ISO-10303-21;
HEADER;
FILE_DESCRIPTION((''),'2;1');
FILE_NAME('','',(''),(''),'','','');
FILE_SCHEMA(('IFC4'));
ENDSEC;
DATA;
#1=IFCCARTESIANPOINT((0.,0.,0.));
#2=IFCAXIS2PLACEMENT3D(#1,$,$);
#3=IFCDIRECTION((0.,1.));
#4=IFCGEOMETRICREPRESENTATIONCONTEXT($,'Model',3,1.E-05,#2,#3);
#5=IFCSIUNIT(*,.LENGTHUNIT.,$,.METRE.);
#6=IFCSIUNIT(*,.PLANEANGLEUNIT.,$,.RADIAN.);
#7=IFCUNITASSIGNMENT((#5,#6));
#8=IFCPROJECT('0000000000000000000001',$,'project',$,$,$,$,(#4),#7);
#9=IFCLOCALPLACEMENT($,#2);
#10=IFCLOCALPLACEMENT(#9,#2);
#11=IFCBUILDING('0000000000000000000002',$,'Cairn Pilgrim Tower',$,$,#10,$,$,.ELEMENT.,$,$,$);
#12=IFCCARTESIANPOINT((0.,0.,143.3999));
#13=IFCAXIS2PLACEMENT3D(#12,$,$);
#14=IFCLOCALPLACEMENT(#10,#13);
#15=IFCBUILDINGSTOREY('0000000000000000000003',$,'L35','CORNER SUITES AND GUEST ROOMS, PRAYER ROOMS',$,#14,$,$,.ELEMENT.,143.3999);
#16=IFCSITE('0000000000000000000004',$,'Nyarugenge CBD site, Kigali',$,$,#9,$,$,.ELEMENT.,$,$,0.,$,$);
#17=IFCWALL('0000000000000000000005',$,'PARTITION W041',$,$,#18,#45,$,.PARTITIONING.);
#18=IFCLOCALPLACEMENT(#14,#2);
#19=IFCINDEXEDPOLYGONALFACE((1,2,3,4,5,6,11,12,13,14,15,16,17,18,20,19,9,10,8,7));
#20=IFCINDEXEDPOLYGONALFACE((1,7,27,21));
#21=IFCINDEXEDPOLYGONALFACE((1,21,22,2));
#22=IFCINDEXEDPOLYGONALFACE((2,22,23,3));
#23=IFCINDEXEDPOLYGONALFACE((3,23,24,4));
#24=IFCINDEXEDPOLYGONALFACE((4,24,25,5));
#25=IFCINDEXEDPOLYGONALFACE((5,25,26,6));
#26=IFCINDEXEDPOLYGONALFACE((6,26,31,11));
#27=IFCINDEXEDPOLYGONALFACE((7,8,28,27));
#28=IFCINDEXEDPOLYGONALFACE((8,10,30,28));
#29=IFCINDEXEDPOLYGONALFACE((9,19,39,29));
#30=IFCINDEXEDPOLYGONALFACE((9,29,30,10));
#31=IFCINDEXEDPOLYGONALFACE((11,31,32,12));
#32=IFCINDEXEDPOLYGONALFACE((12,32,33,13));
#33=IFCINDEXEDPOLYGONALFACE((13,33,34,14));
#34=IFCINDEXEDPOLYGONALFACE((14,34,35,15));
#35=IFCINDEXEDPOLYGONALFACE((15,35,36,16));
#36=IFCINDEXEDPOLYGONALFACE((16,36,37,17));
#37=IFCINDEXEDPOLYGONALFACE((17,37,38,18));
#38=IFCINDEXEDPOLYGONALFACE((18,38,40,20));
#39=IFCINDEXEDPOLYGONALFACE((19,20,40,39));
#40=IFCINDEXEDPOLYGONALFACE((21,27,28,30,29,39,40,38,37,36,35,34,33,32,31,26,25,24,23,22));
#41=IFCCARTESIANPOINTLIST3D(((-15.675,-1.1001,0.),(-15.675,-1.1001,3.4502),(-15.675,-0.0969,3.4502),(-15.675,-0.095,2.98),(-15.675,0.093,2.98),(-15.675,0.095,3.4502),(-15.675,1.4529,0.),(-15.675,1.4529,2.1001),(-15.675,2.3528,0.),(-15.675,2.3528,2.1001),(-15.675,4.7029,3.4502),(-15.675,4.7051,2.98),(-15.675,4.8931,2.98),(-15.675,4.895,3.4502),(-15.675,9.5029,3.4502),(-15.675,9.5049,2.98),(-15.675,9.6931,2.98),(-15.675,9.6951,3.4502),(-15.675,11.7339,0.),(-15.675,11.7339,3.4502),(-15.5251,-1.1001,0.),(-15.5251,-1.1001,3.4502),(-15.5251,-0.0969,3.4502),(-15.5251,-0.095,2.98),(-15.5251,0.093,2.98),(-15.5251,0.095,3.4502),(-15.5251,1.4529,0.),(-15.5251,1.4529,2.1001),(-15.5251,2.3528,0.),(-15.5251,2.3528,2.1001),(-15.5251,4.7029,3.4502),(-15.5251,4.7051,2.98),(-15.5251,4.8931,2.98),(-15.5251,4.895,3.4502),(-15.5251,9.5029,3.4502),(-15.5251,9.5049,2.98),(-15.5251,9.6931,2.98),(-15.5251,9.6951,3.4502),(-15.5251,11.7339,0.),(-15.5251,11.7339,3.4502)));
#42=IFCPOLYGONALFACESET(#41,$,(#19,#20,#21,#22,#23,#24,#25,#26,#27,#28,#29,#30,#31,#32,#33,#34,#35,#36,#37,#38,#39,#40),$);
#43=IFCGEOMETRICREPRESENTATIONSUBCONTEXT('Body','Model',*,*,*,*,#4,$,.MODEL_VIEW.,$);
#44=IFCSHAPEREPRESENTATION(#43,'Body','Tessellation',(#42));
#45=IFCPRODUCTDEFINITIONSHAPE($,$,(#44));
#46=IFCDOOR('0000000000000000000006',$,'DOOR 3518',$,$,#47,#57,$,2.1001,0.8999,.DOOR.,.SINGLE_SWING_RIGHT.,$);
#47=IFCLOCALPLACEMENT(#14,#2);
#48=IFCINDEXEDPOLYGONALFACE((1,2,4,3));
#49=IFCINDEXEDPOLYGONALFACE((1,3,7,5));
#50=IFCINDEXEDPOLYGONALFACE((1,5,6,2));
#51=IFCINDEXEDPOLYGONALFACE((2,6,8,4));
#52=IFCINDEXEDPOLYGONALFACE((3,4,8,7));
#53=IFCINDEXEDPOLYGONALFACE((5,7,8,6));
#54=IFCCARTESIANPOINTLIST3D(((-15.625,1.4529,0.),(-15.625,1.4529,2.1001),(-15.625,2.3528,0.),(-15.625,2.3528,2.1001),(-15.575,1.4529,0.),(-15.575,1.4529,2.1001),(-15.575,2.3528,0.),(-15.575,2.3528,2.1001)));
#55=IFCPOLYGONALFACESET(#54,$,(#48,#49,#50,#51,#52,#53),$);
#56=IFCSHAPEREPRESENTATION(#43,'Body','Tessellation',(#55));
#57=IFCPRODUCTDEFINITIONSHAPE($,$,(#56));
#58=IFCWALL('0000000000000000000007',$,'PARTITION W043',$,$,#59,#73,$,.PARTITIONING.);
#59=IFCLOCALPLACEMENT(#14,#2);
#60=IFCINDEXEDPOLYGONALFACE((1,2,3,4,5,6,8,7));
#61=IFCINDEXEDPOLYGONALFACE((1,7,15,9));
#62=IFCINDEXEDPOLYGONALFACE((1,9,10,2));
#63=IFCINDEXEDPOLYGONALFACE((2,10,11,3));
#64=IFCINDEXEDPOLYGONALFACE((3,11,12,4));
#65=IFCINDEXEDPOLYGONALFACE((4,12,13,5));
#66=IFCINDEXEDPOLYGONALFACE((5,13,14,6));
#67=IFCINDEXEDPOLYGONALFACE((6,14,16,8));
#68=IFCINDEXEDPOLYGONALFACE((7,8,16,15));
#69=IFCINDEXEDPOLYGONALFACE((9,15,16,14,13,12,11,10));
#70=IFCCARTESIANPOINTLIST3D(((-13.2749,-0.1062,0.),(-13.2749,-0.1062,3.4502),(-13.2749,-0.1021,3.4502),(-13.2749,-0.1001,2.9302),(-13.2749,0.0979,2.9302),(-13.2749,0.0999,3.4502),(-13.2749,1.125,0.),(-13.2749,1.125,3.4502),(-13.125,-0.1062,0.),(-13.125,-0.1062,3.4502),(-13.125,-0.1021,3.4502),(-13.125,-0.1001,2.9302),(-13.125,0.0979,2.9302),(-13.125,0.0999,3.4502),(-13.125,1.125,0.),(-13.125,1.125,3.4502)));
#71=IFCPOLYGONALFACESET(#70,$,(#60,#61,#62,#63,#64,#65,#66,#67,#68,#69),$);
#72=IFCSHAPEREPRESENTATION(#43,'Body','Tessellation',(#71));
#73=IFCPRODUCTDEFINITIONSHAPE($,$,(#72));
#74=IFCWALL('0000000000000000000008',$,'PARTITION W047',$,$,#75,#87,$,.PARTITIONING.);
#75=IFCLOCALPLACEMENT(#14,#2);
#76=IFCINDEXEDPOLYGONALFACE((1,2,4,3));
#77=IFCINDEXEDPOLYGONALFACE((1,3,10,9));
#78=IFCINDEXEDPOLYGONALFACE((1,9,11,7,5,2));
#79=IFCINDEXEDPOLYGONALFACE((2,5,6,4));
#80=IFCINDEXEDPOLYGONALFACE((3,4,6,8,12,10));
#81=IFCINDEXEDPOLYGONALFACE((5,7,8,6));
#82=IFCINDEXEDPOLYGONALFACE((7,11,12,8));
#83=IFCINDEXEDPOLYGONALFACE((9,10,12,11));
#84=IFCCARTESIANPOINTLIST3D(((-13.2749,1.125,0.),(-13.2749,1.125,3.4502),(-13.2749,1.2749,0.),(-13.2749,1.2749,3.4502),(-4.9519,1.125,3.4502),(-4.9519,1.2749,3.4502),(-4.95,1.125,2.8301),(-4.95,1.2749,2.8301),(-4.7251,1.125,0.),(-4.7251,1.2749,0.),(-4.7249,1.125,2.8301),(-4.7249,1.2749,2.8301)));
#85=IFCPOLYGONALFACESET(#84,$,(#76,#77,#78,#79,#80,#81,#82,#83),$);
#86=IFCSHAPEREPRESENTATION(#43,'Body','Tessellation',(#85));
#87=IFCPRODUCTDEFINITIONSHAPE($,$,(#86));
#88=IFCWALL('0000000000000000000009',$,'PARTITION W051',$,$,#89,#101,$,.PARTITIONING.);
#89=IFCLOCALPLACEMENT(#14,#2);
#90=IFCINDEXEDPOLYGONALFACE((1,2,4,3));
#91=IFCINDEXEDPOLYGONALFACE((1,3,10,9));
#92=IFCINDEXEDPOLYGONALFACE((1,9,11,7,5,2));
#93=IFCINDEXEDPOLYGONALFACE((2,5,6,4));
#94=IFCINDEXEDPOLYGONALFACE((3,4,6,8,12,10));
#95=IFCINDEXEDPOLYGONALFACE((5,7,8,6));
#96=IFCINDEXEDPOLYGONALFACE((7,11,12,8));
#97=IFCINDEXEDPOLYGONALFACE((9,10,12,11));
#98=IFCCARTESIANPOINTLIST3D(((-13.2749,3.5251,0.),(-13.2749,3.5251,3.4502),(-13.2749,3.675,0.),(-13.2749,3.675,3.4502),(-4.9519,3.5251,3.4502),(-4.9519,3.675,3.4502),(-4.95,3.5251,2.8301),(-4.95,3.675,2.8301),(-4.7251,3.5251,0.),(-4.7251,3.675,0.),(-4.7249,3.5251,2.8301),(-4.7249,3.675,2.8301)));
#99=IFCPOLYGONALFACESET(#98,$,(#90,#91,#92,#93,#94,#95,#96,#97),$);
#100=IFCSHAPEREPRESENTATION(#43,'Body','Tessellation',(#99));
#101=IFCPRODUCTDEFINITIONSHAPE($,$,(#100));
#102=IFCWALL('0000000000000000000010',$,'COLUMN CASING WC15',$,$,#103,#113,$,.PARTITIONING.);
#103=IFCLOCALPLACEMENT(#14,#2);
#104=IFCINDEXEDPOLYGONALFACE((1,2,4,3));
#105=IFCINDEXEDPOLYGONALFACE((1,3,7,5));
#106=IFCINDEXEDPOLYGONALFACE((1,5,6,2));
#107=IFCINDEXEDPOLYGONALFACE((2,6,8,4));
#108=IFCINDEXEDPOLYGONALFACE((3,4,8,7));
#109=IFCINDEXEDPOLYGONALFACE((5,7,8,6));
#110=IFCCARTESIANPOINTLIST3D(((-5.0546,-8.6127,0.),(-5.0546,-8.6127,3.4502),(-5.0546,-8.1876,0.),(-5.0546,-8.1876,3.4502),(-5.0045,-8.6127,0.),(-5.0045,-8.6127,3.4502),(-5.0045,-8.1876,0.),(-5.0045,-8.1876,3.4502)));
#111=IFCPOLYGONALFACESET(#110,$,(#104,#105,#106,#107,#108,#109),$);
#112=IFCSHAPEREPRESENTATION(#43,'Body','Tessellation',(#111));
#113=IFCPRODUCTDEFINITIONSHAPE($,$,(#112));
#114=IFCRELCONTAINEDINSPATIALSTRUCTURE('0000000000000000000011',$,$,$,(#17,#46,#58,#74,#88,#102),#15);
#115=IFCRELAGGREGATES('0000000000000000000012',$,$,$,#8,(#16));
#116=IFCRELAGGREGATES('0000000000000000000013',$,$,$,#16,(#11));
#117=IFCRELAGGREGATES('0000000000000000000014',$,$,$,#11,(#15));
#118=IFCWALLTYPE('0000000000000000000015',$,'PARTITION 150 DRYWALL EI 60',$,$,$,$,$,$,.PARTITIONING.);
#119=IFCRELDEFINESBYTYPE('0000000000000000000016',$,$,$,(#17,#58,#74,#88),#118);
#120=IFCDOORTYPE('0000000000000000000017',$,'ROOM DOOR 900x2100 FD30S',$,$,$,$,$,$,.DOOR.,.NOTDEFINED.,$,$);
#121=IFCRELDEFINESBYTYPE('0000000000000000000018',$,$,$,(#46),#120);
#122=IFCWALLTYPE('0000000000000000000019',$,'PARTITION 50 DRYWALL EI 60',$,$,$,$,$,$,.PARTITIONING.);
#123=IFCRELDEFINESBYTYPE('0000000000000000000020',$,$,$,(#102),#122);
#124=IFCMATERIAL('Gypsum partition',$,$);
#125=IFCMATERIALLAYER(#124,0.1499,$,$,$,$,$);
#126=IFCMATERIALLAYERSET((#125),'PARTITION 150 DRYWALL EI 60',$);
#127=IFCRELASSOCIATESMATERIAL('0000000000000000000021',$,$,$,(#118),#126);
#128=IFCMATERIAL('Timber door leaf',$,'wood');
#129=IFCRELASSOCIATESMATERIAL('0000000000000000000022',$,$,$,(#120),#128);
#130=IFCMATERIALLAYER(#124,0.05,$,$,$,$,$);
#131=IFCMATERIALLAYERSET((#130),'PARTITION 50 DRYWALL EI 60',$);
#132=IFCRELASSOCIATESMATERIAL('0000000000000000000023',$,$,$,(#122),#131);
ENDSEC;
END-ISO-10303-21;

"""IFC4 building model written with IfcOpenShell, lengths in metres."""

from ifc_helpers import new_model, si_unit, direction, frame, frame_2d, origin, place, context, subcontext, project, spatial, polyline, rectangle, outline, extrude, material, layer, layer_set, type_object, element, fill, save


model = new_model("IFC4")

# Units and contexts
model_context = context("Model", 3, precision=1e-05, world=origin(), true_north=direction((0.0, 1.0)))
body_context = subcontext(model_context, "Body", "Model", "MODEL_VIEW")
ifc_project = project(units=[si_unit("LENGTHUNIT", "METRE"), si_unit("PLANEANGLEUNIT", "RADIAN")], contexts=[model_context])

# Site, building, storey
site_placement = place(None, origin())
site = spatial("IfcSite", under=ifc_project, at=site_placement, Name="Nyarugenge CBD site, Kigali", CompositionType="ELEMENT", RefElevation=0.0)
building_placement = place(site_placement, origin())
building = spatial("IfcBuilding", under=site, at=building_placement, Name="Cairn Pilgrim Tower", CompositionType="ELEMENT")
storey_placement = place(building_placement, frame((0.0, 0.0, 143.3999)))
storey = spatial("IfcBuildingStorey", under=building, at=storey_placement, Name="L35", Description="CORNER SUITES AND GUEST ROOMS, PRAYER ROOMS", CompositionType="ELEMENT", Elevation=143.3999)

# Shared definitions
ifc_material_1 = material(Name="Gypsum partition")
ifc_material_2 = material(Name="Timber door leaf", Category="wood")

# Shared definitions
ifc_layer_1 = layer(ifc_material_1, 0.1499)
ifc_layer_set_1 = layer_set([ifc_layer_1], Name="PARTITION 150 DRYWALL EI 60")
wall_type_1 = type_object("IfcWallType", Name="PARTITION 150 DRYWALL EI 60", PredefinedType="PARTITIONING", material=ifc_layer_set_1)

# Wall, opening, door
wall_1_placement = place(storey_placement, frame((-15.6001, -1.1001, 0.0), z_axis=(0.0, 0.0, 1.0), x_axis=(0.0, 1.0, 0.0)))
wall_1 = element("IfcWall", 1, at=wall_1_placement, inside=storey, type_object=wall_type_1, Name="PARTITION W041", PredefinedType="PARTITIONING", context=body_context, shape_type="SweptSolid", body=[
    extrude(outline(polyline([(0.0, 0.0), (12.834, 0.0), (12.834, 3.4502), (10.7952, 3.4502), (10.7932, 2.98), (10.605, 2.98), (10.603, 3.4502), (5.9951, 3.4502), (5.9932, 2.98), (5.8052, 2.98), (5.803, 3.4502), (1.1951, 3.4502), (1.1931, 2.98), (1.0051, 2.98), (1.0032, 3.4502), (0.0, 3.4502), (0.0, 0.0)])), frame((0.0, 0.075, 0.0), z_axis=(0.0, -1.0, 0.0), x_axis=(1.0, 0.0, 0.0)), (0.0, 0.0, 1.0), 0.1499),
])
opening_1_placement = place(wall_1_placement, frame((2.553, 0.0, 0.0)))
opening_1 = element("IfcOpeningElement", 2, at=opening_1_placement, cuts=wall_1, PredefinedType="OPENING", context=body_context, shape_type="SweptSolid", body=[
    extrude(rectangle(XDim=0.8999, YDim=2.1001, at=frame_2d((0.45, 1.05))), frame((0.0, 0.085, 0.0), z_axis=(0.0, -1.0, 0.0), x_axis=(1.0, 0.0, 0.0)), (0.0, 0.0, 1.0), 0.1699),
])
door_type_1 = type_object("IfcDoorType", Name="ROOM DOOR 900x2100 FD30S", OperationType="NOTDEFINED", PredefinedType="DOOR", material=ifc_material_2)
door_1_placement = place(opening_1_placement, origin())
door_1 = element("IfcDoor", 3, at=door_1_placement, inside=storey, type_object=door_type_1, Name="DOOR 3518", OperationType="SINGLE_SWING_RIGHT", OverallHeight=2.1001, OverallWidth=0.8999, PredefinedType="DOOR", context=body_context, shape_type="SweptSolid", body=[
    extrude(rectangle(XDim=0.8999, YDim=2.1001, at=frame_2d((0.45, 1.05))), frame((0.0, 0.0249, 0.0), z_axis=(0.0, -1.0, 0.0), x_axis=(1.0, 0.0, 0.0)), (0.0, 0.0, 1.0), 0.05),
])
fill(opening_1, door_1)

# Walls
wall_2_placement = place(storey_placement, frame((-13.2, -0.1062, 0.0), z_axis=(0.0, 0.0, 1.0), x_axis=(0.0, 1.0, 0.0)))
element("IfcWall", 4, at=wall_2_placement, inside=storey, type_object=wall_type_1, Name="PARTITION W043", PredefinedType="PARTITIONING", context=body_context, shape_type="SweptSolid", body=[
    extrude(outline(polyline([(0.0, 0.0), (1.2312, 0.0), (1.2312, 3.4502), (0.2061, 3.4502), (0.2041, 2.9302), (0.0061, 2.9302), (0.0042, 3.4502), (0.0, 3.4502), (0.0, 0.0)])), frame((0.0, 0.075, 0.0), z_axis=(0.0, -1.0, 0.0), x_axis=(1.0, 0.0, 0.0)), (0.0, 0.0, 1.0), 0.1499),
])
for number, where, z_axis, x_axis, name in (
    (5, (-13.2749, 1.2, 0.0), (0.0, 0.0, 1.0), (1.0, 0.0, 0.0), "PARTITION W047"),
    (6, (-13.2749, 3.6001, 0.0), (0.0, 0.0, 1.0), (1.0, 0.0, 0.0), "PARTITION W051"),
):
    element("IfcWall", number, at=place(storey_placement, frame(where, z_axis=z_axis, x_axis=x_axis)), inside=storey, type_object=wall_type_1, Name=name, PredefinedType="PARTITIONING", context=body_context, shape_type="SweptSolid", body=[
        extrude(outline(polyline([(0.0, 0.0), (8.5498, 0.0), (8.55, 2.8301), (8.325, 2.8301), (8.323, 3.4502), (0.0, 3.4502), (0.0, 0.0)])), frame((0.0, 0.075, 0.0), z_axis=(0.0, -1.0, 0.0), x_axis=(1.0, 0.0, 0.0)), (0.0, 0.0, 1.0), 0.1499),
    ])
ifc_layer_2 = layer(ifc_material_1, 0.05)
ifc_layer_set_2 = layer_set([ifc_layer_2], Name="PARTITION 50 DRYWALL EI 60")
wall_type_2 = type_object("IfcWallType", Name="PARTITION 50 DRYWALL EI 60", PredefinedType="PARTITIONING", material=ifc_layer_set_2)
wall_3_placement = place(storey_placement, frame((-5.0295, -8.6125, 0.0), z_axis=(0.0, 0.0, 1.0), x_axis=(0.0, 1.0, 0.0)))
element("IfcWall", 7, at=wall_3_placement, inside=storey, type_object=wall_type_2, Name="COLUMN CASING WC15", PredefinedType="PARTITIONING", context=body_context, shape_type="SweptSolid", body=[
    extrude(rectangle(XDim=0.425, YDim=0.05, at=frame_2d((0.2124, 0.0))), origin(), (0.0, 0.0, 1.0), 3.4502),
])

save(model, "model.ifc")
